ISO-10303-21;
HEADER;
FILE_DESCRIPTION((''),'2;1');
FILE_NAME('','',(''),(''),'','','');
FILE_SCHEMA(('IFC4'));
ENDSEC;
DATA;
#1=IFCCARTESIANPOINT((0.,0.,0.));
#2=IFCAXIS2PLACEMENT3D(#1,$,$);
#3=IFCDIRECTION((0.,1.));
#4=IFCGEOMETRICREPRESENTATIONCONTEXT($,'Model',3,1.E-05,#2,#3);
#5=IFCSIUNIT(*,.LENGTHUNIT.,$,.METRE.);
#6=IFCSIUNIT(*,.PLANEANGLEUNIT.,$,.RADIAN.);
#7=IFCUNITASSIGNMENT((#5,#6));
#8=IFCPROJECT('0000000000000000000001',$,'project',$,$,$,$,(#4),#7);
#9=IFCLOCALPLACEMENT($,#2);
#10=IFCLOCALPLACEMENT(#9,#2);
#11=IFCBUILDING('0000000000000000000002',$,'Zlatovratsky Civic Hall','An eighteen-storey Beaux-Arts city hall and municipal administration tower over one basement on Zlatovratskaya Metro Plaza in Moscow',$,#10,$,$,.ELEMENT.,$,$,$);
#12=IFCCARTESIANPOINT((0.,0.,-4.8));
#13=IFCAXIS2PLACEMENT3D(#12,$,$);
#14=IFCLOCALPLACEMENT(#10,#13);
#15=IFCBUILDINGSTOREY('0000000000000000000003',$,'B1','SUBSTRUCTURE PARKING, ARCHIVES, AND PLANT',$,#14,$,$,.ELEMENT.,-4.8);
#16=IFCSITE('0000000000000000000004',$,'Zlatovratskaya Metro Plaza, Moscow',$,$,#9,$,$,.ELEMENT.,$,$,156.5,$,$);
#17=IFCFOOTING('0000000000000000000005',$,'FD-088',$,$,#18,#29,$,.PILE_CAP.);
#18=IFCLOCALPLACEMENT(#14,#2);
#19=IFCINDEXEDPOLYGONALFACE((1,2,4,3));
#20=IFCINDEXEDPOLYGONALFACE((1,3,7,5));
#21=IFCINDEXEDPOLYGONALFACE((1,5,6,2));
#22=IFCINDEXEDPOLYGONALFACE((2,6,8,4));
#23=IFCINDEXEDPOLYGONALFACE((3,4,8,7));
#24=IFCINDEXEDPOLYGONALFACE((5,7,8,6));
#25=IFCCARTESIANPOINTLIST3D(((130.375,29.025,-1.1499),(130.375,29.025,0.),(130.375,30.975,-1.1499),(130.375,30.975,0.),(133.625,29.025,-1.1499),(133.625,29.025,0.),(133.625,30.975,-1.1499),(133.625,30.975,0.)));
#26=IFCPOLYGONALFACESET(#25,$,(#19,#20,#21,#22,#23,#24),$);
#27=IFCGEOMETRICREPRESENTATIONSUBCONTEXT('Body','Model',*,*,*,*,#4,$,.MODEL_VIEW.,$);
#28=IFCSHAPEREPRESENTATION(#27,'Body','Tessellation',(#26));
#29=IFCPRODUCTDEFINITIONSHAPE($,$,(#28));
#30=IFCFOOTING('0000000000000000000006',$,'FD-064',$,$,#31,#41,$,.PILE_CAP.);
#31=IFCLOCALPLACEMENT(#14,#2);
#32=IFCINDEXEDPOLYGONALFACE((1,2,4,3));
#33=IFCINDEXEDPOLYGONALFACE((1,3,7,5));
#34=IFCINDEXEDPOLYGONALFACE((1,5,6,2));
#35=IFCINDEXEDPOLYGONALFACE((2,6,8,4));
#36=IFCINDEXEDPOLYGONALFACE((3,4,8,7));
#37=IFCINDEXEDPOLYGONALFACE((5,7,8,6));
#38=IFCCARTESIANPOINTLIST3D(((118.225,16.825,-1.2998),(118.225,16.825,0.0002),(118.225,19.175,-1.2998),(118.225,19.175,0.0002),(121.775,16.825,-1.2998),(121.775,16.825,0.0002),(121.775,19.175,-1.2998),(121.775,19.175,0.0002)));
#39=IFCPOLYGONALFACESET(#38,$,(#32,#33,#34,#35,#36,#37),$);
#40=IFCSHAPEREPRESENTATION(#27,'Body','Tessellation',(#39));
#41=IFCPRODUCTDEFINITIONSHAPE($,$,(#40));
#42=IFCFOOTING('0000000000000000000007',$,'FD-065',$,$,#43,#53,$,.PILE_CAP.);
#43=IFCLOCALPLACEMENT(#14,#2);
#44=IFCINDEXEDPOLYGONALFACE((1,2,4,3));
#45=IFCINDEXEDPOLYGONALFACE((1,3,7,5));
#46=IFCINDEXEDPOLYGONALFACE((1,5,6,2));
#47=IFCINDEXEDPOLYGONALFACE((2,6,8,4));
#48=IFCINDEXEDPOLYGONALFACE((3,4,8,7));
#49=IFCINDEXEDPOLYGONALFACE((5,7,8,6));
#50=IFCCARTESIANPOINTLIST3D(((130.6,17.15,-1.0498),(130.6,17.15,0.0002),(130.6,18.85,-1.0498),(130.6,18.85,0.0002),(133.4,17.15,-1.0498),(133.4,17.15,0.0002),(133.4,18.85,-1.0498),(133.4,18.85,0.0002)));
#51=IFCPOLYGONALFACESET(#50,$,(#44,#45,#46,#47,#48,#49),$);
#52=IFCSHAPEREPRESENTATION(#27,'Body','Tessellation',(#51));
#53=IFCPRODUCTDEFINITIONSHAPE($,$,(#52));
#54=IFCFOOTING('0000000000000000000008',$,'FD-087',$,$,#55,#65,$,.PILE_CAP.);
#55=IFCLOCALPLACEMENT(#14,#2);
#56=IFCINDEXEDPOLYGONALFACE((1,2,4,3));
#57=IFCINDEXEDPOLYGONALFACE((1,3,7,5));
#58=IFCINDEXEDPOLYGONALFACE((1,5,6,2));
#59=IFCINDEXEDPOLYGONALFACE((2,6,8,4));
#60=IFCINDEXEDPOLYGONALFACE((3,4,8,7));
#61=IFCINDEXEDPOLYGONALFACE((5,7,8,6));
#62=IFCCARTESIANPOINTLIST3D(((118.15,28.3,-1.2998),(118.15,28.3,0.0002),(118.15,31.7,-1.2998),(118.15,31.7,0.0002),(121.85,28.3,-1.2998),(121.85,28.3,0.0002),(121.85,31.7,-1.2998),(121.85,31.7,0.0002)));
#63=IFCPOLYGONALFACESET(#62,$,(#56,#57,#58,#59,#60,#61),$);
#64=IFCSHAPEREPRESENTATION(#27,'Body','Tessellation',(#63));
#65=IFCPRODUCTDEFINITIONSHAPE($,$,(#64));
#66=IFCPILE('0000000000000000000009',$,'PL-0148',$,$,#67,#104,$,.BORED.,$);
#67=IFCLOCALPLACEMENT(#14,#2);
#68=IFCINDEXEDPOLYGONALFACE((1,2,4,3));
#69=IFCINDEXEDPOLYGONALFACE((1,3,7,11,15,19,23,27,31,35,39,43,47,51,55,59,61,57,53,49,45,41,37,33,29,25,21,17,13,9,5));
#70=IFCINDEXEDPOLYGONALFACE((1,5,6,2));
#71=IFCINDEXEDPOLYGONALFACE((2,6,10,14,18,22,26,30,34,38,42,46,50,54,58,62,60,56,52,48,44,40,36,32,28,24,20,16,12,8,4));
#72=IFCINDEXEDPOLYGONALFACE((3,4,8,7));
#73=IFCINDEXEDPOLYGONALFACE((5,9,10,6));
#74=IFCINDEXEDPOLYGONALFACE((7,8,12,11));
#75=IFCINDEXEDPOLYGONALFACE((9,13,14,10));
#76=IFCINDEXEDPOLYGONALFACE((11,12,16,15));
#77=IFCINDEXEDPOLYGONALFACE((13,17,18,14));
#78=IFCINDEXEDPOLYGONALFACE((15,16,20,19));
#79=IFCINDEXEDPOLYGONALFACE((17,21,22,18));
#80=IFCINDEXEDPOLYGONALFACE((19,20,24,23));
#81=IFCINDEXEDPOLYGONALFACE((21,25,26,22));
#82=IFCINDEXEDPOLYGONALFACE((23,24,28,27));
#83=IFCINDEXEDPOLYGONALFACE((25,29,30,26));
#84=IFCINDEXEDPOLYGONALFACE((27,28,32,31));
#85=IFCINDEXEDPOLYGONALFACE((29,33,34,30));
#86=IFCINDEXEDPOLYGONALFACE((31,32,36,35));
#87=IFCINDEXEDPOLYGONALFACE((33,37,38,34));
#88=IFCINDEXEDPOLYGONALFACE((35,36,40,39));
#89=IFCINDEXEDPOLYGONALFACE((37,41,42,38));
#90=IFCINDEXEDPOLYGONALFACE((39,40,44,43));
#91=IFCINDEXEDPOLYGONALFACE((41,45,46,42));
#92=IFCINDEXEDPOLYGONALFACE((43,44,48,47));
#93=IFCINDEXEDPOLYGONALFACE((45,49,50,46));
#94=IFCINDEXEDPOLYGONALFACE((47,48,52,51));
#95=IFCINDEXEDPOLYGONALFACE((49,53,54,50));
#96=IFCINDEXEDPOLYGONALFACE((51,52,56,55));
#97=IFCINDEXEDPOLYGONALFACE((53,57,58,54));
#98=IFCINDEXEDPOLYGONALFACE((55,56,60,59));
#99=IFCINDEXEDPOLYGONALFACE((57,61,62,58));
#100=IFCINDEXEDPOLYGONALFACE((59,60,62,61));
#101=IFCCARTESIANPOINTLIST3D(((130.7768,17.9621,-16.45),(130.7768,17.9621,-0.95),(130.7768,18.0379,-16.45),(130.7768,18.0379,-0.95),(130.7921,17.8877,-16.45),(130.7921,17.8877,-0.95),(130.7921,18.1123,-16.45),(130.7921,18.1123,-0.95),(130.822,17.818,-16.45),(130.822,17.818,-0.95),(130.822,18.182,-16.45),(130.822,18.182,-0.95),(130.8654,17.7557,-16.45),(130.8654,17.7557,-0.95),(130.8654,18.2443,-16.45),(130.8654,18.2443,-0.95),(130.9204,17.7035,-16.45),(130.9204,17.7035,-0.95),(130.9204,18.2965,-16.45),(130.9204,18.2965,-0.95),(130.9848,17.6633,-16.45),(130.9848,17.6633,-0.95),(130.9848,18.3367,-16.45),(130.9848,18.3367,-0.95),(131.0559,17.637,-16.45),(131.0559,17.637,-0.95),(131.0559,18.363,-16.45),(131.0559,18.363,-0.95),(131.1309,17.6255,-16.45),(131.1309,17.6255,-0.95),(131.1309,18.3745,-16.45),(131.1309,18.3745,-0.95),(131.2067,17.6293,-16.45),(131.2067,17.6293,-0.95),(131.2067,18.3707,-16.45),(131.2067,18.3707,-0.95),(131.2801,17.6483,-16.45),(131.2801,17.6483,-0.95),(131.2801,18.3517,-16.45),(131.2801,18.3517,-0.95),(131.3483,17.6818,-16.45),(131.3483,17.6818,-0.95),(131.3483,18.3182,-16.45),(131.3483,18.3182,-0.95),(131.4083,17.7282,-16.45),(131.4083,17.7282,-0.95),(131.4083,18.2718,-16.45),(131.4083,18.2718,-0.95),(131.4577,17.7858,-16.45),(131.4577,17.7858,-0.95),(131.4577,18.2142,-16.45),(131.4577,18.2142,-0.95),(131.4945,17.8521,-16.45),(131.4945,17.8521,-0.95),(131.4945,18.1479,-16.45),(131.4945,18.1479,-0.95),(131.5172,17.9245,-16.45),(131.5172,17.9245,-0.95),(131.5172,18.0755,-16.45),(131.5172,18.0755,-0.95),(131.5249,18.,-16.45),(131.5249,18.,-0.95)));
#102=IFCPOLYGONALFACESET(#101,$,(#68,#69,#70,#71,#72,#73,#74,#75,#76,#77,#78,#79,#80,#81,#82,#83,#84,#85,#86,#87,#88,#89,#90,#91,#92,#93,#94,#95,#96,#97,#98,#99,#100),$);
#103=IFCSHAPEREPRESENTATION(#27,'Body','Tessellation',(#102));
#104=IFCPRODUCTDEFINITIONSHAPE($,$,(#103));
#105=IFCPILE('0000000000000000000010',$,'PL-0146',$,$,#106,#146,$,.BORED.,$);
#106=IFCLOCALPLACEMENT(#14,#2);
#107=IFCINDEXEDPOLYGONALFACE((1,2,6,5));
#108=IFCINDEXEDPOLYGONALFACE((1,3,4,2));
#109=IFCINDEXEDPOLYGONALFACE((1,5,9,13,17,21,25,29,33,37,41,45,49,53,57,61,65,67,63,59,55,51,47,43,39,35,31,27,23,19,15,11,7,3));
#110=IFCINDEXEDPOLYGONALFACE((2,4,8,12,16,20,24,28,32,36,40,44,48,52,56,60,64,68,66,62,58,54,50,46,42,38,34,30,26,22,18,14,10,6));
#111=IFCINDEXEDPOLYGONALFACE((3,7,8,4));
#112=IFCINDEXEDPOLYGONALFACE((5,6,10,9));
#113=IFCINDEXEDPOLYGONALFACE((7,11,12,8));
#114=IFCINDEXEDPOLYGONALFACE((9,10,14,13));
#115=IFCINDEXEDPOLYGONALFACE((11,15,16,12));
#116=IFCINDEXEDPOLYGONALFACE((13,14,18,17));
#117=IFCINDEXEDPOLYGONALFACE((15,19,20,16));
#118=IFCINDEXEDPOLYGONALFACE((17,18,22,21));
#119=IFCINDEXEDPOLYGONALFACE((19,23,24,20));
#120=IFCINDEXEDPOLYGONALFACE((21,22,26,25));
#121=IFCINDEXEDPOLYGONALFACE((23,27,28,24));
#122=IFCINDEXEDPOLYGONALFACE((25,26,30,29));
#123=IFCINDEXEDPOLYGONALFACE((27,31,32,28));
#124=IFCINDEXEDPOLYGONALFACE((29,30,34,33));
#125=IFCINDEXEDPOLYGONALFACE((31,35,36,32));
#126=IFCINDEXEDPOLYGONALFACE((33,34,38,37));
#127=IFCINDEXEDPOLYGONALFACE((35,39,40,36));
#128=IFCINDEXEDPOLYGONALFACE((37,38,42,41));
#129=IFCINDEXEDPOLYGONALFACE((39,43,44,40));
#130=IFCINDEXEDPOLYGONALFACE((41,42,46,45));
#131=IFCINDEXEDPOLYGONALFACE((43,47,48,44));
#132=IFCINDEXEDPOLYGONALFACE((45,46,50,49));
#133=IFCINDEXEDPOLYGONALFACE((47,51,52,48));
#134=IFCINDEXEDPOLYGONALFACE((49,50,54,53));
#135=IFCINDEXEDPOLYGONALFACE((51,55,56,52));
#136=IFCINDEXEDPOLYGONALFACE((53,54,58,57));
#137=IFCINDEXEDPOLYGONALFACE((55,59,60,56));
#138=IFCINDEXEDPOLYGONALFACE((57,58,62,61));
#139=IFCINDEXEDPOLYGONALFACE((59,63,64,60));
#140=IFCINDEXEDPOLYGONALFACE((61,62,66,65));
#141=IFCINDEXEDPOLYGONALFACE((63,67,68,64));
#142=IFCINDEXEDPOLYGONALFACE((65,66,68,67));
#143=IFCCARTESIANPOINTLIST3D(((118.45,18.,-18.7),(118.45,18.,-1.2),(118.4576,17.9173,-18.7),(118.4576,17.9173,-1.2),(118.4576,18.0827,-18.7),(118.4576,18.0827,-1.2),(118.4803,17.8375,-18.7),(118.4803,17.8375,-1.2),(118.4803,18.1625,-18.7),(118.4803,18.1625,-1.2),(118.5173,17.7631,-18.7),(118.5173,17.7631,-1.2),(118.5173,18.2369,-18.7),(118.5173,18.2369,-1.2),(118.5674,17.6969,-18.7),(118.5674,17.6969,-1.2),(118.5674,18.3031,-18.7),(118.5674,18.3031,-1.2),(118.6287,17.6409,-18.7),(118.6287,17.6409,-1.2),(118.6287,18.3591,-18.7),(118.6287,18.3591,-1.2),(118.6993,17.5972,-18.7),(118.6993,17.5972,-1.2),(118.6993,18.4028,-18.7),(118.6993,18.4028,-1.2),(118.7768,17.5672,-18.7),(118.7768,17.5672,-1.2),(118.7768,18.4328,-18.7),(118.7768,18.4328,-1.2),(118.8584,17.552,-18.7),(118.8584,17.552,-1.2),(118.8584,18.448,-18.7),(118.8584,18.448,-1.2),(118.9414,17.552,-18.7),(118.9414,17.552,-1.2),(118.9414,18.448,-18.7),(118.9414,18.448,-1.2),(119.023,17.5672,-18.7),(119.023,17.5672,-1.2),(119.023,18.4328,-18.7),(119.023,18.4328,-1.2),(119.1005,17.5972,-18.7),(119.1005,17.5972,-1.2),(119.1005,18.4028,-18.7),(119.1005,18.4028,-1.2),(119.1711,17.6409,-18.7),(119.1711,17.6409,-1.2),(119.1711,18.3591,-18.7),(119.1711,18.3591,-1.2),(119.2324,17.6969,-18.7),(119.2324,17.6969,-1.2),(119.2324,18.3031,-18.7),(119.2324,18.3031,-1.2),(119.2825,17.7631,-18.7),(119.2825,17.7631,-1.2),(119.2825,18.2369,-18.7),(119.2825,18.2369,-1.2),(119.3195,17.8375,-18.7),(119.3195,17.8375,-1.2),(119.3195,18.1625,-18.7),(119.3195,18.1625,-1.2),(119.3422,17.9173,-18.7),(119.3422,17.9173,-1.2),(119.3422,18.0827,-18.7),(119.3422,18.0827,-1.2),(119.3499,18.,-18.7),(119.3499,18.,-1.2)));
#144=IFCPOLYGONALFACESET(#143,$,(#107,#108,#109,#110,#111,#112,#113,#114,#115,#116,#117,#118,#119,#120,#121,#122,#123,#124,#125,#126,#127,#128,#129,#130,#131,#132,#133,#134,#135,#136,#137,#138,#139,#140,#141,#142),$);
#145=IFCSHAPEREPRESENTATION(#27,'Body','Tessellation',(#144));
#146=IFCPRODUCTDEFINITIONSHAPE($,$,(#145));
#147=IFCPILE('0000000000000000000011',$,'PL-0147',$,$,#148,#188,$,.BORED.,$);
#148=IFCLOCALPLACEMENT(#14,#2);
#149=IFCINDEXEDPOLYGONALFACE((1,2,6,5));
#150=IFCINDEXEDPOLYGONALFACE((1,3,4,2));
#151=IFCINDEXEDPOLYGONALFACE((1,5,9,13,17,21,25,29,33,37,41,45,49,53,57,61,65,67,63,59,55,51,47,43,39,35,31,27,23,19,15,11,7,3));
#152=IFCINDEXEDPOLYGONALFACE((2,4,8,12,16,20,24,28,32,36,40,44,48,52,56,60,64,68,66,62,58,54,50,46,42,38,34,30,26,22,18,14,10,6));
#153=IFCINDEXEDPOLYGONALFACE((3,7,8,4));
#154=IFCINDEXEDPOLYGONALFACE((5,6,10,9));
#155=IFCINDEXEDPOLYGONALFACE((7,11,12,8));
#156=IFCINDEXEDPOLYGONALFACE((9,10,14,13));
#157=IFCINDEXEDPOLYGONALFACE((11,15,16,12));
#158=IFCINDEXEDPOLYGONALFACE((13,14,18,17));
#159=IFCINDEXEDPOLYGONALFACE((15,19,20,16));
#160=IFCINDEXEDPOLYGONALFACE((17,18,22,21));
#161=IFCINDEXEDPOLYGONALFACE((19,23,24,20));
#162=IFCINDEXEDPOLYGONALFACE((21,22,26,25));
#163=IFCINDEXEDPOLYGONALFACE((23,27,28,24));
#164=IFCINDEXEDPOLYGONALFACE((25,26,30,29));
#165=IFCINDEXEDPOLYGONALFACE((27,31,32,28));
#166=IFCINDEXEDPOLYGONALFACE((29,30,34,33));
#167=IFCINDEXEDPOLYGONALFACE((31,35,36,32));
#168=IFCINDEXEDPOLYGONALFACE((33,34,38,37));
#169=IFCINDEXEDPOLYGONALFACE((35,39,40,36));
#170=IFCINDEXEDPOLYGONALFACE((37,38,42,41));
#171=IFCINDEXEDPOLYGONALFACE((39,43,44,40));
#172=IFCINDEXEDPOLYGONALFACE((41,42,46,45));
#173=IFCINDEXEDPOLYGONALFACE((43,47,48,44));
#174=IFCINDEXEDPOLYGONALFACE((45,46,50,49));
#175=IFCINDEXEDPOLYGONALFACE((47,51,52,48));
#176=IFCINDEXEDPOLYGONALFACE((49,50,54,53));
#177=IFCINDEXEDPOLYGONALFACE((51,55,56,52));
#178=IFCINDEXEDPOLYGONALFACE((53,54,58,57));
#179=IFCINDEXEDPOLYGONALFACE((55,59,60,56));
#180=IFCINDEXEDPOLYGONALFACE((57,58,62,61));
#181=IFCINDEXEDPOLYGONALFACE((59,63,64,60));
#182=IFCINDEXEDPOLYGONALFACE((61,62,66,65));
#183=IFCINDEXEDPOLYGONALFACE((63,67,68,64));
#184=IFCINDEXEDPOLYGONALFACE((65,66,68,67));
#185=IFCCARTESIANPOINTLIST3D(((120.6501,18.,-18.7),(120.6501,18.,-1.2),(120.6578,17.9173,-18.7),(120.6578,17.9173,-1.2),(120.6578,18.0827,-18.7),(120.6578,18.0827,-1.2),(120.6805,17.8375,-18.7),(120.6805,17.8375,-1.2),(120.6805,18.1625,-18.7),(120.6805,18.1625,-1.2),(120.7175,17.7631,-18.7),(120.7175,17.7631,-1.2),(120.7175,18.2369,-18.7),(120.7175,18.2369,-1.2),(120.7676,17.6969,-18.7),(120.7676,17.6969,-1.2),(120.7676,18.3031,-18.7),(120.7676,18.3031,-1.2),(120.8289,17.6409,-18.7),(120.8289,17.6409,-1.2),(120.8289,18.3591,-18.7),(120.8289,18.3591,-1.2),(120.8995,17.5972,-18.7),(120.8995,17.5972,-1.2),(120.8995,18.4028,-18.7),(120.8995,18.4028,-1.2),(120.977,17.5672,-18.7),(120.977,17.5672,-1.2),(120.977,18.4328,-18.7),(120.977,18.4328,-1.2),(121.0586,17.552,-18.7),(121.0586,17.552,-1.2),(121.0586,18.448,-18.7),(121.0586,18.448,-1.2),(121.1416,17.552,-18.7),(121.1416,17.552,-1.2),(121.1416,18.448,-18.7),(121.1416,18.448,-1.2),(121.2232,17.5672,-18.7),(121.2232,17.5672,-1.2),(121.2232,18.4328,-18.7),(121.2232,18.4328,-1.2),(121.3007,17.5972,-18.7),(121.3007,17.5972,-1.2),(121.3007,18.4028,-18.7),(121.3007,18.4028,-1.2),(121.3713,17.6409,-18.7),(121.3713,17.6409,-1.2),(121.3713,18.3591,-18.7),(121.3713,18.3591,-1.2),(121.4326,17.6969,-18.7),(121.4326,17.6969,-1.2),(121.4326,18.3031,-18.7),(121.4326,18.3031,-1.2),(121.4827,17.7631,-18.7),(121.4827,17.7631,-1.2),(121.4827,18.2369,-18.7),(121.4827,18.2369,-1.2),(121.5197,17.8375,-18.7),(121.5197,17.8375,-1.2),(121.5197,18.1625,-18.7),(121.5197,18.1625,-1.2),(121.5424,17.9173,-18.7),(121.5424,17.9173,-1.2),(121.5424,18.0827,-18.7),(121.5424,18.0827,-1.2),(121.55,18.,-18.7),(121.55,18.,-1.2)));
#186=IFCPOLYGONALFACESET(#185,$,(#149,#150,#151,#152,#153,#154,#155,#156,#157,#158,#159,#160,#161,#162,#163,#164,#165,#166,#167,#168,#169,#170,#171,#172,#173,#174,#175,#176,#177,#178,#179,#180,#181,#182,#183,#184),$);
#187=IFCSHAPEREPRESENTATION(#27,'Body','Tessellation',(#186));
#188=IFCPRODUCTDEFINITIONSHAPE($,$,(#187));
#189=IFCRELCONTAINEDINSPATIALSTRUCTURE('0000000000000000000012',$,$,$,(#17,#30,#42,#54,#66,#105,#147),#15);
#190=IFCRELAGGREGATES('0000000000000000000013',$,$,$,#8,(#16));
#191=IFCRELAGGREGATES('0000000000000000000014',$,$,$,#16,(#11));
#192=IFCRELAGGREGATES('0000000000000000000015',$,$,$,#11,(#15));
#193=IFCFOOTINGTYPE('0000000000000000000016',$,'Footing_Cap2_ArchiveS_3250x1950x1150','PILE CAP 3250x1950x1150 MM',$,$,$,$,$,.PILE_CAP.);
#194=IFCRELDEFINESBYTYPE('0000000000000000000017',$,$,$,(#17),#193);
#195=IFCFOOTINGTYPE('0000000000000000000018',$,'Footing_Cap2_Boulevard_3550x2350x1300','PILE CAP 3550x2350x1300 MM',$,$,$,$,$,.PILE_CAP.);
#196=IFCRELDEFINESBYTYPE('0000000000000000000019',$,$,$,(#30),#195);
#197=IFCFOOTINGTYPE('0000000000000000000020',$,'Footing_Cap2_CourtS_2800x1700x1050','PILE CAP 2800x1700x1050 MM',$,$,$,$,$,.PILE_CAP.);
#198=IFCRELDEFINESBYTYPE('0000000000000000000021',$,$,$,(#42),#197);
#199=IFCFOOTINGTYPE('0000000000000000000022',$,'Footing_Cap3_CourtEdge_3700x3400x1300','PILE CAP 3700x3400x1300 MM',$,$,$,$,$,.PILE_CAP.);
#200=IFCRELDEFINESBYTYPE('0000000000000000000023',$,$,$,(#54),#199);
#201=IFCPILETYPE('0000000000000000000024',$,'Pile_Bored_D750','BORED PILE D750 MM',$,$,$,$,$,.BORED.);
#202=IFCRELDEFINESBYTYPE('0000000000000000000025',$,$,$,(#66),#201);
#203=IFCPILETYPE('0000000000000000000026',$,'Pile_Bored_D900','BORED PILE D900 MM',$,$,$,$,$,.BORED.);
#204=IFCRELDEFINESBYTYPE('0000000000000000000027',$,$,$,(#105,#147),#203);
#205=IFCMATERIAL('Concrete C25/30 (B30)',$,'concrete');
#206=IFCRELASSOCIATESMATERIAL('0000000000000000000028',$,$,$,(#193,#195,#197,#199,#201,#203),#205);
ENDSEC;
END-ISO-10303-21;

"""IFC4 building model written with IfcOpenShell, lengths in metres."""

from ifc_helpers import new_model, si_unit, direction, frame, origin, origin_2d, place, context, subcontext, project, spatial, rectangle, circle, extrude, material, material_profile, profile_set, type_object, element, save


model = new_model("IFC4")

# Units and contexts
model_context = context("Model", 3, precision=1e-05, world=origin(), true_north=direction((0.0, 1.0)))
body_context = subcontext(model_context, "Body", "Model", "MODEL_VIEW")
ifc_project = project(units=[si_unit("LENGTHUNIT", "METRE"), si_unit("PLANEANGLEUNIT", "RADIAN")], contexts=[model_context])

# Site, building, storey
site_placement = place(None, origin())
site = spatial("IfcSite", under=ifc_project, at=site_placement, Name="Zlatovratskaya Metro Plaza, Moscow", CompositionType="ELEMENT", RefElevation=156.5)
building_placement = place(site_placement, origin())
building = spatial("IfcBuilding", under=site, at=building_placement, Name="Zlatovratsky Civic Hall", Description="An eighteen-storey Beaux-Arts city hall and municipal administration tower over one basement on Zlatovratskaya Metro Plaza in Moscow", CompositionType="ELEMENT")
storey_placement = place(building_placement, frame((0.0, 0.0, -4.8)))
storey = spatial("IfcBuildingStorey", under=building, at=storey_placement, Name="B1", Description="SUBSTRUCTURE PARKING, ARCHIVES, AND PLANT", CompositionType="ELEMENT", Elevation=-4.8)

# Footings
ifc_material_1 = material(Name="Concrete C25/30 (B30)", Category="concrete")
footing_type_1 = type_object("IfcFootingType", Name="Footing_Cap2_ArchiveS_3250x1950x1150", Description="PILE CAP 3250x1950x1150 MM", PredefinedType="PILE_CAP", material=ifc_material_1)
footing_1_placement = place(storey_placement, frame((132.0, 30.0, -1.1499), z_axis=(0.0, 0.0, 1.0), x_axis=(1.0, 0.0, 0.0)))
element("IfcFooting", 1, at=footing_1_placement, inside=storey, type_object=footing_type_1, Name="FD-088", PredefinedType="PILE_CAP", context=body_context, shape_type="SweptSolid", body=[
    extrude(rectangle(XDim=3.25, YDim=1.95, at=origin_2d()), origin(), (0.0, 0.0, 1.0), 1.1499),
])
footing_type_2 = type_object("IfcFootingType", Name="Footing_Cap2_Boulevard_3550x2350x1300", Description="PILE CAP 3550x2350x1300 MM", PredefinedType="PILE_CAP", material=ifc_material_1)
footing_2_placement = place(storey_placement, frame((120.0, 18.0, -1.2998), z_axis=(0.0, 0.0, 1.0), x_axis=(1.0, 0.0, 0.0)))
element("IfcFooting", 2, at=footing_2_placement, inside=storey, type_object=footing_type_2, Name="FD-064", PredefinedType="PILE_CAP", context=body_context, shape_type="SweptSolid", body=[
    extrude(rectangle(XDim=3.55, YDim=2.3501, at=origin_2d()), origin(), (0.0, 0.0, 1.0), 1.3),
])
footing_type_3 = type_object("IfcFootingType", Name="Footing_Cap2_CourtS_2800x1700x1050", Description="PILE CAP 2800x1700x1050 MM", PredefinedType="PILE_CAP", material=ifc_material_1)
footing_3_placement = place(storey_placement, frame((132.0, 18.0, -1.0498), z_axis=(0.0, 0.0, 1.0), x_axis=(1.0, 0.0, 0.0)))
element("IfcFooting", 3, at=footing_3_placement, inside=storey, type_object=footing_type_3, Name="FD-065", PredefinedType="PILE_CAP", context=body_context, shape_type="SweptSolid", body=[
    extrude(rectangle(XDim=2.8, YDim=1.7, at=origin_2d()), origin(), (0.0, 0.0, 1.0), 1.05),
])
footing_type_4 = type_object("IfcFootingType", Name="Footing_Cap3_CourtEdge_3700x3400x1300", Description="PILE CAP 3700x3400x1300 MM", PredefinedType="PILE_CAP", material=ifc_material_1)
footing_4_placement = place(storey_placement, frame((120.0, 30.0, -1.2998), z_axis=(0.0, 0.0, 1.0), x_axis=(1.0, 0.0, 0.0)))
element("IfcFooting", 4, at=footing_4_placement, inside=storey, type_object=footing_type_4, Name="FD-087", PredefinedType="PILE_CAP", context=body_context, shape_type="SweptSolid", body=[
    extrude(rectangle(XDim=3.7, YDim=3.3999, at=origin_2d()), origin(), (0.0, 0.0, 1.0), 1.3),
])

# Piles
ifc_material_profile_1 = material_profile(ifc_material_1, circle(Radius=0.375, at=origin_2d()), Name="PILE D750")
ifc_profile_set_1 = profile_set([ifc_material_profile_1], Name="Concrete C25/30 (B30)")
pile_type_1 = type_object("IfcPileType", Name="Pile_Bored_D750", Description="BORED PILE D750 MM", PredefinedType="BORED", material=ifc_profile_set_1)
pile_1_placement = place(storey_placement, frame((131.1499, 18.0, -0.95), z_axis=(0.0, 0.0, -1.0), x_axis=(1.0, 0.0, 0.0)))
element("IfcPile", 5, at=pile_1_placement, inside=storey, type_object=pile_type_1, Name="PL-0148", PredefinedType="BORED", context=body_context, shape_type="SweptSolid", body=[
    extrude(circle(Radius=0.375, at=origin_2d()), origin(), (0.0, 0.0, 1.0), 15.5),
])
ifc_material_profile_2 = material_profile(ifc_material_1, circle(Radius=0.45, at=origin_2d()), Name="PILE D900")
ifc_profile_set_2 = profile_set([ifc_material_profile_2], Name="Concrete C25/30 (B30)")
pile_type_2 = type_object("IfcPileType", Name="Pile_Bored_D900", Description="BORED PILE D900 MM", PredefinedType="BORED", material=ifc_profile_set_2)
for number, where, z_axis, x_axis, name in (
    (6, (118.8999, 18.0, -1.2), (0.0, 0.0, -1.0), (1.0, 0.0, 0.0), "PL-0146"),
    (7, (121.1001, 18.0, -1.2), (0.0, 0.0, -1.0), (1.0, 0.0, 0.0), "PL-0147"),
):
    element("IfcPile", number, at=place(storey_placement, frame(where, z_axis=z_axis, x_axis=x_axis)), inside=storey, type_object=pile_type_2, Name=name, PredefinedType="BORED", context=body_context, shape_type="SweptSolid", body=[
        extrude(circle(Radius=0.45, at=origin_2d()), origin(), (0.0, 0.0, 1.0), 17.5),
    ])

save(model, "model.ifc")
